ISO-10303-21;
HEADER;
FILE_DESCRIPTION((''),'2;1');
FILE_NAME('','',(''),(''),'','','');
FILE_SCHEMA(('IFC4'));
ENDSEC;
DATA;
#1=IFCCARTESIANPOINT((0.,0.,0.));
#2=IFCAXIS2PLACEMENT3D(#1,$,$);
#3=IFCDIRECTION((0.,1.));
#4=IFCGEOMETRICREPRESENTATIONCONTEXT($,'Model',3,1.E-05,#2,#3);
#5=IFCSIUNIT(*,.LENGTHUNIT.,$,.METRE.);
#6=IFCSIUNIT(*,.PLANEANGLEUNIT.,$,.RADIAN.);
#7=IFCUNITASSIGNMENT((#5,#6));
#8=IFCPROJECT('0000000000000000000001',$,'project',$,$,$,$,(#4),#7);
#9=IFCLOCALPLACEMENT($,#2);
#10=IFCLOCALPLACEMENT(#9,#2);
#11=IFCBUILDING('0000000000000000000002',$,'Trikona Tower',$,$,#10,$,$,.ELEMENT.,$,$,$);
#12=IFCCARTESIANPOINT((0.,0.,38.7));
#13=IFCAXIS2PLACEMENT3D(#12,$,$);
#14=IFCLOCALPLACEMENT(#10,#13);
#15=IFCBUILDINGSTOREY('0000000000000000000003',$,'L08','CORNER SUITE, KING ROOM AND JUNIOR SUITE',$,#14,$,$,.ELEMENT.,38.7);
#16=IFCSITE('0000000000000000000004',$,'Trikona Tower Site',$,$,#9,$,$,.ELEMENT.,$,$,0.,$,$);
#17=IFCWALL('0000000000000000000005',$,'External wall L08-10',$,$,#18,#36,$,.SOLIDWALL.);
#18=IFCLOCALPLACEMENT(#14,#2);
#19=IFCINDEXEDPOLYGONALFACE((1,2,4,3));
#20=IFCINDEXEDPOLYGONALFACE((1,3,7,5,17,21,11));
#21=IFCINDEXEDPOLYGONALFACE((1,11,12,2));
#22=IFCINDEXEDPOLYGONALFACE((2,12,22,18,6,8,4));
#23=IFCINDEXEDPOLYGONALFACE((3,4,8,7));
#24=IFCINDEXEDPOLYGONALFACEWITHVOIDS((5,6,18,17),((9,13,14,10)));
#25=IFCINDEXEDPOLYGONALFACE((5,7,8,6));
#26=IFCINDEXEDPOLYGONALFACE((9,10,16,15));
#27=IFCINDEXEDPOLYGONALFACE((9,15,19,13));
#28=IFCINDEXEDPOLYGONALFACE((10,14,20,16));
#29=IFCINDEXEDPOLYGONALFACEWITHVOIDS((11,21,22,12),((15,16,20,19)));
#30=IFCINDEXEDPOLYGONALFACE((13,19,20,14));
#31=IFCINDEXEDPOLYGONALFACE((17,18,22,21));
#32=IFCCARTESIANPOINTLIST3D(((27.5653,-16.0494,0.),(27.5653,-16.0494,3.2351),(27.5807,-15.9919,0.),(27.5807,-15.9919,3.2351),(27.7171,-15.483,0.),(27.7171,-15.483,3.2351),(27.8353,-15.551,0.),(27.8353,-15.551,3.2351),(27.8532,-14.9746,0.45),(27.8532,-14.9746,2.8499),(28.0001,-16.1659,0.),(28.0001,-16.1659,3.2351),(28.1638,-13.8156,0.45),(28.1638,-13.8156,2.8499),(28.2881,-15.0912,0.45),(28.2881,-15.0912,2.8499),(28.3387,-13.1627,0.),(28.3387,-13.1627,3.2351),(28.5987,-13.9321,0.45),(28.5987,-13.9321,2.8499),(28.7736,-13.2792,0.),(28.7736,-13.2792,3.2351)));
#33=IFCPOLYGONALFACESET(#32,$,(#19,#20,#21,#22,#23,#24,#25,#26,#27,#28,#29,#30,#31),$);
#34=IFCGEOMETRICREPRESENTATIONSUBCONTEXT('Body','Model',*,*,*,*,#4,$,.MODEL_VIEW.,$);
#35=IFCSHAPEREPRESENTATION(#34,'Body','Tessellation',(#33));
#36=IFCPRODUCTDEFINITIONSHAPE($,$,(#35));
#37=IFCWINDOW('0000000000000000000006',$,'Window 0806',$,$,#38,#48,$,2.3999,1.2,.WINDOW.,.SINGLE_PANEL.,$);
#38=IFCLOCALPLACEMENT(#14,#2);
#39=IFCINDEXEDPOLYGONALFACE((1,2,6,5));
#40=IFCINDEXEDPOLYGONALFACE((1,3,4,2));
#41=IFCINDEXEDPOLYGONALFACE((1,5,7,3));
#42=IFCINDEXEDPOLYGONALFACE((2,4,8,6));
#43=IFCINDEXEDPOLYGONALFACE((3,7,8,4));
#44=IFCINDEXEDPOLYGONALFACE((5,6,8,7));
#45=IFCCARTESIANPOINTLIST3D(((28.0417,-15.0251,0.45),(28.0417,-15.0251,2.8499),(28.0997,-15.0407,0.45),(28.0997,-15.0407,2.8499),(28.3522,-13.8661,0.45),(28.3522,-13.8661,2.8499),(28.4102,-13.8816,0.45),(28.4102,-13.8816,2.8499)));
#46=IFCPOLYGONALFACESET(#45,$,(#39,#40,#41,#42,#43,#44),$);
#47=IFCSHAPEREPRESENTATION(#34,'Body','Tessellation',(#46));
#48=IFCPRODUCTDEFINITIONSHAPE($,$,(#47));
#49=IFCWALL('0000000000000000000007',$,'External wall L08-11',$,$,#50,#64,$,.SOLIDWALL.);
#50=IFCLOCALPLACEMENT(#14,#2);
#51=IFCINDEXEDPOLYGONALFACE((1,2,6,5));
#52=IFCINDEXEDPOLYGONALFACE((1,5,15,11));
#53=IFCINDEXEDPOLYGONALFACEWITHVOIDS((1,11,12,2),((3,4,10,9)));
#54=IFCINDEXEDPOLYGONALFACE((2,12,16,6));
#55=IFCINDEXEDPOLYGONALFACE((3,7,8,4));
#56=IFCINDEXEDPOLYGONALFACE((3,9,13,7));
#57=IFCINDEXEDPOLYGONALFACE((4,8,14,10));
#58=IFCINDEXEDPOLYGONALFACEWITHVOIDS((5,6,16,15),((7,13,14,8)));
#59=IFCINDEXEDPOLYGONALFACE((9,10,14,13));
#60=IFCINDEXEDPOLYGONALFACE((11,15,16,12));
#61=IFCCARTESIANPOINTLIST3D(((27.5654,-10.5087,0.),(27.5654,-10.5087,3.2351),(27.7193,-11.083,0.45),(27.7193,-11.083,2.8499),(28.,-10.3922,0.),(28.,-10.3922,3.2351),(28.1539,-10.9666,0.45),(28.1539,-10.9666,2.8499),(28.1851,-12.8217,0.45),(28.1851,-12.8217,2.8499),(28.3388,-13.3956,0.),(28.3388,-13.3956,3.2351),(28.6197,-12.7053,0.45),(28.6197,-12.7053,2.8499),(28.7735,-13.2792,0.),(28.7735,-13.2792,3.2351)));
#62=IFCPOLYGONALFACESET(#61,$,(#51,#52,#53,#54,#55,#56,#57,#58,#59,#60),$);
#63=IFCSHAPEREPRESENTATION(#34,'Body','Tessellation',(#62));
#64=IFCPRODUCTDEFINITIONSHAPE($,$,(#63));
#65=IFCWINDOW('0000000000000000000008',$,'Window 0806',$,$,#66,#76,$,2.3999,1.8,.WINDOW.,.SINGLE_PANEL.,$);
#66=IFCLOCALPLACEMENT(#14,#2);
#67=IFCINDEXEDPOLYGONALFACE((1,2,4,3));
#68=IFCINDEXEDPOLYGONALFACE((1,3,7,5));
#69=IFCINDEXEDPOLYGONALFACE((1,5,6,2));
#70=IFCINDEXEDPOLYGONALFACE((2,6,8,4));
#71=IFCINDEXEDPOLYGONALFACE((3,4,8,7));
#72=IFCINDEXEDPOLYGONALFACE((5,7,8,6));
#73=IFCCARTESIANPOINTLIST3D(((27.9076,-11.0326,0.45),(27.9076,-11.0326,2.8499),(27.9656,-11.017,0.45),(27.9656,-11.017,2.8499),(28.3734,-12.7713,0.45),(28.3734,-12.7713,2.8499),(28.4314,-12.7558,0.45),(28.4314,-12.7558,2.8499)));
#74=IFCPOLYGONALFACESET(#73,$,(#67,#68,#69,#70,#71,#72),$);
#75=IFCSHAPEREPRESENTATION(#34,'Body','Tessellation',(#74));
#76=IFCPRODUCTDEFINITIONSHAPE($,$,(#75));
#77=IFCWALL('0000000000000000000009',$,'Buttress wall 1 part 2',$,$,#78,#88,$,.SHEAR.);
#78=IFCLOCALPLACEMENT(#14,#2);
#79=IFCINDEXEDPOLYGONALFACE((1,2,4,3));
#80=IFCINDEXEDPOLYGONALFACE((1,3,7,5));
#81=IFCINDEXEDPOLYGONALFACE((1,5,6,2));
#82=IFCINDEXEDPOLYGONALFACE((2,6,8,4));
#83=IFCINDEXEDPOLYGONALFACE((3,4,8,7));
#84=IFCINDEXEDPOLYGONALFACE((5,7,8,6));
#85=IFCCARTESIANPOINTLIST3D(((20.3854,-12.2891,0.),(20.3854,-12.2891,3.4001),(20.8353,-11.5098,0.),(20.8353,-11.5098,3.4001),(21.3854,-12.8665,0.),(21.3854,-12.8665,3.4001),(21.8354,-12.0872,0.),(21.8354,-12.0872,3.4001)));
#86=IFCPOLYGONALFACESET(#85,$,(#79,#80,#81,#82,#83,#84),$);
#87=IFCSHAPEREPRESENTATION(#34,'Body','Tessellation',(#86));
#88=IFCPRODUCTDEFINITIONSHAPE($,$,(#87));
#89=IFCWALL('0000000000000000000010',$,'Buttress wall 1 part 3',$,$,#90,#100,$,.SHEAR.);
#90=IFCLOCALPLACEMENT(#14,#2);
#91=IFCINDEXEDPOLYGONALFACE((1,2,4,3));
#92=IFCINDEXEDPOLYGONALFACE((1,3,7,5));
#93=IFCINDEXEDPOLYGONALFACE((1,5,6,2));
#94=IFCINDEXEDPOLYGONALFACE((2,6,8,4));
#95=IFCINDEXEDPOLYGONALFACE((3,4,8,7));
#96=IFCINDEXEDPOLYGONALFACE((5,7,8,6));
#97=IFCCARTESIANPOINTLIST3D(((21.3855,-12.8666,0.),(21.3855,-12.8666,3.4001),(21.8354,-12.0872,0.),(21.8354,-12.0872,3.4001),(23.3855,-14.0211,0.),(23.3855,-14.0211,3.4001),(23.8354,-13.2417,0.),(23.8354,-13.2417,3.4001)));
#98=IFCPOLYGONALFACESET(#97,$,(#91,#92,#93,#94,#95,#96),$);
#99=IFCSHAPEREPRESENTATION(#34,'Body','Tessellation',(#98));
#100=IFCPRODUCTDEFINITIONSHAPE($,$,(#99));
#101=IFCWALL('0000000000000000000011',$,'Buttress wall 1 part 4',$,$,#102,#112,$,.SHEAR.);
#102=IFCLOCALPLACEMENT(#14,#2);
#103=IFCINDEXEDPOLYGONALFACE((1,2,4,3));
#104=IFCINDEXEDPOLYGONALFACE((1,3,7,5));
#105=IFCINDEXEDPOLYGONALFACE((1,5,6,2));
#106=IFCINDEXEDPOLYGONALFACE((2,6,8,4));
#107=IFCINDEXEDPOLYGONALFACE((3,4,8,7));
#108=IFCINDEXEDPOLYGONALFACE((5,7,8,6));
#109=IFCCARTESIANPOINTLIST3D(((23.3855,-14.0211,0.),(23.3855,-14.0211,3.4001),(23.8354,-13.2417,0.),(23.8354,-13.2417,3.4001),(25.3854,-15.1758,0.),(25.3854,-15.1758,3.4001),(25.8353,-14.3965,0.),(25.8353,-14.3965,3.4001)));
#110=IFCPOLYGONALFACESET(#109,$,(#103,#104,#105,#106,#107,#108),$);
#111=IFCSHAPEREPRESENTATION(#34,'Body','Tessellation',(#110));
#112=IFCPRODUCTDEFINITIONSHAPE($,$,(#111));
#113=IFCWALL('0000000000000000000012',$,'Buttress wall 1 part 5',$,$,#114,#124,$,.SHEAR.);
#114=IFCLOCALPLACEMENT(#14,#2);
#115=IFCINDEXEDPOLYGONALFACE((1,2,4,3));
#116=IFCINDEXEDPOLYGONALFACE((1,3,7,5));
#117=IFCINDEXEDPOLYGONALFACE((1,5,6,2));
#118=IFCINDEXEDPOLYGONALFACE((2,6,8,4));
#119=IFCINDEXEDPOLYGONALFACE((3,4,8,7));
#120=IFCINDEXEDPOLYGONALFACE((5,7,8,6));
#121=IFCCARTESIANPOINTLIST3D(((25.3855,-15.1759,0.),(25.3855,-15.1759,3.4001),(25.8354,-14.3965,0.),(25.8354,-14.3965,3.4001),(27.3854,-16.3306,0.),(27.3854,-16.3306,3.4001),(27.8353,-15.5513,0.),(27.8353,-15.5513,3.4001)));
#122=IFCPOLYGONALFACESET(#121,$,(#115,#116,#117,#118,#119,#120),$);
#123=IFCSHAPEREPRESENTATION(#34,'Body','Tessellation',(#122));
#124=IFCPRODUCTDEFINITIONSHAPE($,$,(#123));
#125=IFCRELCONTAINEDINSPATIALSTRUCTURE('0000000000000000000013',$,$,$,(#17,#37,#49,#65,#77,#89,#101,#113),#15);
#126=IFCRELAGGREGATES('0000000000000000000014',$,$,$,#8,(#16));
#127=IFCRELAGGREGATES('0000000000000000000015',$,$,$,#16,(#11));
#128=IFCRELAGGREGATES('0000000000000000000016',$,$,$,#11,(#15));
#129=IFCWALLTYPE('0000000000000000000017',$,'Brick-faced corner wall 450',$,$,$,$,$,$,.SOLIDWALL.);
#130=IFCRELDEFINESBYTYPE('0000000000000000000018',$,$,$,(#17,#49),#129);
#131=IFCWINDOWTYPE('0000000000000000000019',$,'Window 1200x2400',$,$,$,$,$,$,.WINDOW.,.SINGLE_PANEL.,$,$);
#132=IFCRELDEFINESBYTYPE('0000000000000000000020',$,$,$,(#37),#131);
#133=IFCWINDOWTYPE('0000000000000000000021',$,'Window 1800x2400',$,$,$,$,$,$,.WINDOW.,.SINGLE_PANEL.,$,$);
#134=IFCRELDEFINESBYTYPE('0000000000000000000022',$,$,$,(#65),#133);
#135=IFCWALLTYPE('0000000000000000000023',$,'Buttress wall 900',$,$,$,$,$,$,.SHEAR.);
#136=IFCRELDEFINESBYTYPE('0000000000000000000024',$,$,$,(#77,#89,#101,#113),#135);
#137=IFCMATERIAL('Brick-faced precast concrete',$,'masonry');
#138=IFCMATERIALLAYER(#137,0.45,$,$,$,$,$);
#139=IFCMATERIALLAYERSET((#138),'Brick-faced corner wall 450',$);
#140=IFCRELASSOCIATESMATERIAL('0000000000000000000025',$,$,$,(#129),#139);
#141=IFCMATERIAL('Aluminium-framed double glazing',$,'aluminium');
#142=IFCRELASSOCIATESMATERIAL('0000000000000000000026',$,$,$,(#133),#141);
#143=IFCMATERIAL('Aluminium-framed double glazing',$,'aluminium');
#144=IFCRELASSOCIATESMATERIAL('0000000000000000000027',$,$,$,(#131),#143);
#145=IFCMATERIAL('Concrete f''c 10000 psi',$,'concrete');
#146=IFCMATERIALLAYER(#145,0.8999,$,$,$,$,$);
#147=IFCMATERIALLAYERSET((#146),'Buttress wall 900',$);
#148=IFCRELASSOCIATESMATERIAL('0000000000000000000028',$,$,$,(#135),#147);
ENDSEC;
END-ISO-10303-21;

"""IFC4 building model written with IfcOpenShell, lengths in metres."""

from ifc_helpers import new_model, si_unit, direction, frame, frame_2d, origin, place, context, subcontext, project, spatial, polyline, rectangle, outline, extrude, material, layer, layer_set, type_object, element, fill, save


model = new_model("IFC4")

# Units and contexts
model_context = context("Model", 3, precision=1e-05, world=origin(), true_north=direction((0.0, 1.0)))
body_context = subcontext(model_context, "Body", "Model", "MODEL_VIEW")
ifc_project = project(units=[si_unit("LENGTHUNIT", "METRE"), si_unit("PLANEANGLEUNIT", "RADIAN")], contexts=[model_context])

# Site, building, storey
site_placement = place(None, origin())
site = spatial("IfcSite", under=ifc_project, at=site_placement, Name="Trikona Tower Site", CompositionType="ELEMENT", RefElevation=0.0)
building_placement = place(site_placement, origin())
building = spatial("IfcBuilding", under=site, at=building_placement, Name="Trikona Tower", CompositionType="ELEMENT")
storey_placement = place(building_placement, frame((0.0, 0.0, 38.7)))
storey = spatial("IfcBuildingStorey", under=building, at=storey_placement, Name="L08", Description="CORNER SUITE, KING ROOM AND JUNIOR SUITE", CompositionType="ELEMENT", Elevation=38.7)

# Walls, openings, windows
ifc_material_1 = material(Name="Brick-faced precast concrete", Category="masonry")
ifc_layer_1 = layer(ifc_material_1, 0.45)
ifc_layer_set_1 = layer_set([ifc_layer_1], Name="Brick-faced corner wall 450")
wall_type_1 = type_object("IfcWallType", Name="Brick-faced corner wall 450", PredefinedType="SOLIDWALL", material=ifc_layer_set_1)
ifc_material_2 = material(Name="Aluminium-framed double glazing", Category="aluminium")
window_type_1 = type_object("IfcWindowType", Name="Window 1800x2400", PartitioningType="SINGLE_PANEL", PredefinedType="WINDOW", material=ifc_material_2)
ifc_material_3 = material(Name="Aluminium-framed double glazing", Category="aluminium")
window_type_2 = type_object("IfcWindowType", Name="Window 1200x2400", PartitioningType="SINGLE_PANEL", PredefinedType="WINDOW", material=ifc_material_3)
wall_1_placement = place(storey_placement, frame((27.7827, -16.1077, 0.0), z_axis=(0.0, 0.0, 1.0), x_axis=(0.258801, 0.965931, 0.0)))
wall_1 = element("IfcWall", 1, at=wall_1_placement, inside=storey, type_object=wall_type_1, Name="External wall L08-10", PredefinedType="SOLIDWALL", context=body_context, shape_type="SweptSolid", body=[
    extrude(outline(polyline([(2.9885, 0.2251), (0.5864, 0.2251), (0.5513, 0.0933), (0.0596, 0.2251), (0.0, 0.2251), (0.0, -0.2251), (2.9885, -0.2251), (2.9885, 0.2251)])), origin(), (0.0, 0.0, 1.0), 3.2351),
])
opening_1_placement = place(wall_1_placement, frame((1.1125, 0.0, 0.45)))
opening_1 = element("IfcOpeningElement", 2, at=opening_1_placement, cuts=wall_1, PredefinedType="OPENING", context=body_context, shape_type="SweptSolid", body=[
    extrude(rectangle(XDim=1.2, YDim=2.3999, at=frame_2d((0.6001, 1.2))), frame((0.0, 0.2349, 0.0), z_axis=(0.0, -1.0, 0.0), x_axis=(1.0, 0.0, 0.0)), (0.0, 0.0, 1.0), 0.47),
])
window_1_placement = place(opening_1_placement, origin())
window_1 = element("IfcWindow", 3, at=window_1_placement, inside=storey, type_object=window_type_2, Name="Window 0806", OverallHeight=2.3999, OverallWidth=1.2, PartitioningType="SINGLE_PANEL", PredefinedType="WINDOW", context=body_context, shape_type="SweptSolid", body=[
    extrude(rectangle(XDim=1.2, YDim=2.3999, at=frame_2d((0.6001, 1.2))), frame((0.0, 0.03, 0.0), z_axis=(0.0, -1.0, 0.0), x_axis=(1.0, 0.0, 0.0)), (0.0, 0.0, 1.0), 0.0601),
])
fill(opening_1, window_1)
wall_2_placement = place(storey_placement, frame((28.5562, -13.3374, 0.0), z_axis=(0.0, 0.0, 1.0), x_axis=(-0.258781, 0.965936, 0.0)))
wall_2 = element("IfcWall", 4, at=wall_2_placement, inside=storey, type_object=wall_type_1, Name="External wall L08-11", PredefinedType="SOLIDWALL", context=body_context, shape_type="SweptSolid", body=[
    extrude(rectangle(XDim=2.9888, YDim=0.45, at=frame_2d((1.4944, 0.0))), origin(), (0.0, 0.0, 1.0), 3.2351),
])
opening_2_placement = place(wall_2_placement, frame((0.5942, 0.0, 0.45)))
opening_2 = element("IfcOpeningElement", 5, at=opening_2_placement, cuts=wall_2, PredefinedType="OPENING", context=body_context, shape_type="SweptSolid", body=[
    extrude(rectangle(XDim=1.8, YDim=2.3999, at=frame_2d((0.8999, 1.2))), frame((0.0, 0.2349, 0.0), z_axis=(0.0, -1.0, 0.0), x_axis=(1.0, 0.0, 0.0)), (0.0, 0.0, 1.0), 0.47),
])
window_2_placement = place(opening_2_placement, origin())
window_2 = element("IfcWindow", 6, at=window_2_placement, inside=storey, type_object=window_type_1, Name="Window 0806", OverallHeight=2.3999, OverallWidth=1.8, PartitioningType="SINGLE_PANEL", PredefinedType="WINDOW", context=body_context, shape_type="SweptSolid", body=[
    extrude(rectangle(XDim=1.8, YDim=2.3999, at=frame_2d((0.8999, 1.2))), frame((0.0, 0.03, 0.0), z_axis=(0.0, -1.0, 0.0), x_axis=(1.0, 0.0, 0.0)), (0.0, 0.0, 1.0), 0.0601),
])
fill(opening_2, window_2)

# Walls
ifc_material_4 = material(Name="Concrete f'c 10000 psi", Category="concrete")
ifc_layer_2 = layer(ifc_material_4, 0.8999)
ifc_layer_set_2 = layer_set([ifc_layer_2], Name="Buttress wall 900")
wall_type_2 = type_object("IfcWallType", Name="Buttress wall 900", PredefinedType="SHEAR", material=ifc_layer_set_2)
wall_3_placement = place(storey_placement, frame((20.6104, -11.8994, 0.0), z_axis=(0.0, 0.0, 1.0), x_axis=(0.86601, -0.500027, 0.0)))
element("IfcWall", 7, at=wall_3_placement, inside=storey, type_object=wall_type_2, Name="Buttress wall 1 part 2", PredefinedType="SHEAR", context=body_context, shape_type="SweptSolid", body=[
    extrude(rectangle(XDim=1.1548, YDim=0.8999, at=frame_2d((0.5774, 0.0))), origin(), (0.0, 0.0, 1.0), 3.4001),
])
for number, where, z_axis, x_axis, name in (
    (8, (21.6104, -12.4768, 0.0), (0.0, 0.0, 1.0), (0.866055, -0.499948, 0.0), "Buttress wall 1 part 3"),
    (9, (23.6104, -13.6313, 0.0), (0.0, 0.0, 1.0), (0.86601, -0.500027, 0.0), "Buttress wall 1 part 4"),
    (10, (25.6104, -14.7861, 0.0), (0.0, 0.0, 1.0), (0.86601, -0.500027, 0.0), "Buttress wall 1 part 5"),
):
    element("IfcWall", number, at=place(storey_placement, frame(where, z_axis=z_axis, x_axis=x_axis)), inside=storey, type_object=wall_type_2, Name=name, PredefinedType="SHEAR", context=body_context, shape_type="SweptSolid", body=[
        extrude(rectangle(XDim=2.3093, YDim=0.8999, at=frame_2d((1.1548, 0.0))), origin(), (0.0, 0.0, 1.0), 3.4001),
    ])

save(model, "model.ifc")
